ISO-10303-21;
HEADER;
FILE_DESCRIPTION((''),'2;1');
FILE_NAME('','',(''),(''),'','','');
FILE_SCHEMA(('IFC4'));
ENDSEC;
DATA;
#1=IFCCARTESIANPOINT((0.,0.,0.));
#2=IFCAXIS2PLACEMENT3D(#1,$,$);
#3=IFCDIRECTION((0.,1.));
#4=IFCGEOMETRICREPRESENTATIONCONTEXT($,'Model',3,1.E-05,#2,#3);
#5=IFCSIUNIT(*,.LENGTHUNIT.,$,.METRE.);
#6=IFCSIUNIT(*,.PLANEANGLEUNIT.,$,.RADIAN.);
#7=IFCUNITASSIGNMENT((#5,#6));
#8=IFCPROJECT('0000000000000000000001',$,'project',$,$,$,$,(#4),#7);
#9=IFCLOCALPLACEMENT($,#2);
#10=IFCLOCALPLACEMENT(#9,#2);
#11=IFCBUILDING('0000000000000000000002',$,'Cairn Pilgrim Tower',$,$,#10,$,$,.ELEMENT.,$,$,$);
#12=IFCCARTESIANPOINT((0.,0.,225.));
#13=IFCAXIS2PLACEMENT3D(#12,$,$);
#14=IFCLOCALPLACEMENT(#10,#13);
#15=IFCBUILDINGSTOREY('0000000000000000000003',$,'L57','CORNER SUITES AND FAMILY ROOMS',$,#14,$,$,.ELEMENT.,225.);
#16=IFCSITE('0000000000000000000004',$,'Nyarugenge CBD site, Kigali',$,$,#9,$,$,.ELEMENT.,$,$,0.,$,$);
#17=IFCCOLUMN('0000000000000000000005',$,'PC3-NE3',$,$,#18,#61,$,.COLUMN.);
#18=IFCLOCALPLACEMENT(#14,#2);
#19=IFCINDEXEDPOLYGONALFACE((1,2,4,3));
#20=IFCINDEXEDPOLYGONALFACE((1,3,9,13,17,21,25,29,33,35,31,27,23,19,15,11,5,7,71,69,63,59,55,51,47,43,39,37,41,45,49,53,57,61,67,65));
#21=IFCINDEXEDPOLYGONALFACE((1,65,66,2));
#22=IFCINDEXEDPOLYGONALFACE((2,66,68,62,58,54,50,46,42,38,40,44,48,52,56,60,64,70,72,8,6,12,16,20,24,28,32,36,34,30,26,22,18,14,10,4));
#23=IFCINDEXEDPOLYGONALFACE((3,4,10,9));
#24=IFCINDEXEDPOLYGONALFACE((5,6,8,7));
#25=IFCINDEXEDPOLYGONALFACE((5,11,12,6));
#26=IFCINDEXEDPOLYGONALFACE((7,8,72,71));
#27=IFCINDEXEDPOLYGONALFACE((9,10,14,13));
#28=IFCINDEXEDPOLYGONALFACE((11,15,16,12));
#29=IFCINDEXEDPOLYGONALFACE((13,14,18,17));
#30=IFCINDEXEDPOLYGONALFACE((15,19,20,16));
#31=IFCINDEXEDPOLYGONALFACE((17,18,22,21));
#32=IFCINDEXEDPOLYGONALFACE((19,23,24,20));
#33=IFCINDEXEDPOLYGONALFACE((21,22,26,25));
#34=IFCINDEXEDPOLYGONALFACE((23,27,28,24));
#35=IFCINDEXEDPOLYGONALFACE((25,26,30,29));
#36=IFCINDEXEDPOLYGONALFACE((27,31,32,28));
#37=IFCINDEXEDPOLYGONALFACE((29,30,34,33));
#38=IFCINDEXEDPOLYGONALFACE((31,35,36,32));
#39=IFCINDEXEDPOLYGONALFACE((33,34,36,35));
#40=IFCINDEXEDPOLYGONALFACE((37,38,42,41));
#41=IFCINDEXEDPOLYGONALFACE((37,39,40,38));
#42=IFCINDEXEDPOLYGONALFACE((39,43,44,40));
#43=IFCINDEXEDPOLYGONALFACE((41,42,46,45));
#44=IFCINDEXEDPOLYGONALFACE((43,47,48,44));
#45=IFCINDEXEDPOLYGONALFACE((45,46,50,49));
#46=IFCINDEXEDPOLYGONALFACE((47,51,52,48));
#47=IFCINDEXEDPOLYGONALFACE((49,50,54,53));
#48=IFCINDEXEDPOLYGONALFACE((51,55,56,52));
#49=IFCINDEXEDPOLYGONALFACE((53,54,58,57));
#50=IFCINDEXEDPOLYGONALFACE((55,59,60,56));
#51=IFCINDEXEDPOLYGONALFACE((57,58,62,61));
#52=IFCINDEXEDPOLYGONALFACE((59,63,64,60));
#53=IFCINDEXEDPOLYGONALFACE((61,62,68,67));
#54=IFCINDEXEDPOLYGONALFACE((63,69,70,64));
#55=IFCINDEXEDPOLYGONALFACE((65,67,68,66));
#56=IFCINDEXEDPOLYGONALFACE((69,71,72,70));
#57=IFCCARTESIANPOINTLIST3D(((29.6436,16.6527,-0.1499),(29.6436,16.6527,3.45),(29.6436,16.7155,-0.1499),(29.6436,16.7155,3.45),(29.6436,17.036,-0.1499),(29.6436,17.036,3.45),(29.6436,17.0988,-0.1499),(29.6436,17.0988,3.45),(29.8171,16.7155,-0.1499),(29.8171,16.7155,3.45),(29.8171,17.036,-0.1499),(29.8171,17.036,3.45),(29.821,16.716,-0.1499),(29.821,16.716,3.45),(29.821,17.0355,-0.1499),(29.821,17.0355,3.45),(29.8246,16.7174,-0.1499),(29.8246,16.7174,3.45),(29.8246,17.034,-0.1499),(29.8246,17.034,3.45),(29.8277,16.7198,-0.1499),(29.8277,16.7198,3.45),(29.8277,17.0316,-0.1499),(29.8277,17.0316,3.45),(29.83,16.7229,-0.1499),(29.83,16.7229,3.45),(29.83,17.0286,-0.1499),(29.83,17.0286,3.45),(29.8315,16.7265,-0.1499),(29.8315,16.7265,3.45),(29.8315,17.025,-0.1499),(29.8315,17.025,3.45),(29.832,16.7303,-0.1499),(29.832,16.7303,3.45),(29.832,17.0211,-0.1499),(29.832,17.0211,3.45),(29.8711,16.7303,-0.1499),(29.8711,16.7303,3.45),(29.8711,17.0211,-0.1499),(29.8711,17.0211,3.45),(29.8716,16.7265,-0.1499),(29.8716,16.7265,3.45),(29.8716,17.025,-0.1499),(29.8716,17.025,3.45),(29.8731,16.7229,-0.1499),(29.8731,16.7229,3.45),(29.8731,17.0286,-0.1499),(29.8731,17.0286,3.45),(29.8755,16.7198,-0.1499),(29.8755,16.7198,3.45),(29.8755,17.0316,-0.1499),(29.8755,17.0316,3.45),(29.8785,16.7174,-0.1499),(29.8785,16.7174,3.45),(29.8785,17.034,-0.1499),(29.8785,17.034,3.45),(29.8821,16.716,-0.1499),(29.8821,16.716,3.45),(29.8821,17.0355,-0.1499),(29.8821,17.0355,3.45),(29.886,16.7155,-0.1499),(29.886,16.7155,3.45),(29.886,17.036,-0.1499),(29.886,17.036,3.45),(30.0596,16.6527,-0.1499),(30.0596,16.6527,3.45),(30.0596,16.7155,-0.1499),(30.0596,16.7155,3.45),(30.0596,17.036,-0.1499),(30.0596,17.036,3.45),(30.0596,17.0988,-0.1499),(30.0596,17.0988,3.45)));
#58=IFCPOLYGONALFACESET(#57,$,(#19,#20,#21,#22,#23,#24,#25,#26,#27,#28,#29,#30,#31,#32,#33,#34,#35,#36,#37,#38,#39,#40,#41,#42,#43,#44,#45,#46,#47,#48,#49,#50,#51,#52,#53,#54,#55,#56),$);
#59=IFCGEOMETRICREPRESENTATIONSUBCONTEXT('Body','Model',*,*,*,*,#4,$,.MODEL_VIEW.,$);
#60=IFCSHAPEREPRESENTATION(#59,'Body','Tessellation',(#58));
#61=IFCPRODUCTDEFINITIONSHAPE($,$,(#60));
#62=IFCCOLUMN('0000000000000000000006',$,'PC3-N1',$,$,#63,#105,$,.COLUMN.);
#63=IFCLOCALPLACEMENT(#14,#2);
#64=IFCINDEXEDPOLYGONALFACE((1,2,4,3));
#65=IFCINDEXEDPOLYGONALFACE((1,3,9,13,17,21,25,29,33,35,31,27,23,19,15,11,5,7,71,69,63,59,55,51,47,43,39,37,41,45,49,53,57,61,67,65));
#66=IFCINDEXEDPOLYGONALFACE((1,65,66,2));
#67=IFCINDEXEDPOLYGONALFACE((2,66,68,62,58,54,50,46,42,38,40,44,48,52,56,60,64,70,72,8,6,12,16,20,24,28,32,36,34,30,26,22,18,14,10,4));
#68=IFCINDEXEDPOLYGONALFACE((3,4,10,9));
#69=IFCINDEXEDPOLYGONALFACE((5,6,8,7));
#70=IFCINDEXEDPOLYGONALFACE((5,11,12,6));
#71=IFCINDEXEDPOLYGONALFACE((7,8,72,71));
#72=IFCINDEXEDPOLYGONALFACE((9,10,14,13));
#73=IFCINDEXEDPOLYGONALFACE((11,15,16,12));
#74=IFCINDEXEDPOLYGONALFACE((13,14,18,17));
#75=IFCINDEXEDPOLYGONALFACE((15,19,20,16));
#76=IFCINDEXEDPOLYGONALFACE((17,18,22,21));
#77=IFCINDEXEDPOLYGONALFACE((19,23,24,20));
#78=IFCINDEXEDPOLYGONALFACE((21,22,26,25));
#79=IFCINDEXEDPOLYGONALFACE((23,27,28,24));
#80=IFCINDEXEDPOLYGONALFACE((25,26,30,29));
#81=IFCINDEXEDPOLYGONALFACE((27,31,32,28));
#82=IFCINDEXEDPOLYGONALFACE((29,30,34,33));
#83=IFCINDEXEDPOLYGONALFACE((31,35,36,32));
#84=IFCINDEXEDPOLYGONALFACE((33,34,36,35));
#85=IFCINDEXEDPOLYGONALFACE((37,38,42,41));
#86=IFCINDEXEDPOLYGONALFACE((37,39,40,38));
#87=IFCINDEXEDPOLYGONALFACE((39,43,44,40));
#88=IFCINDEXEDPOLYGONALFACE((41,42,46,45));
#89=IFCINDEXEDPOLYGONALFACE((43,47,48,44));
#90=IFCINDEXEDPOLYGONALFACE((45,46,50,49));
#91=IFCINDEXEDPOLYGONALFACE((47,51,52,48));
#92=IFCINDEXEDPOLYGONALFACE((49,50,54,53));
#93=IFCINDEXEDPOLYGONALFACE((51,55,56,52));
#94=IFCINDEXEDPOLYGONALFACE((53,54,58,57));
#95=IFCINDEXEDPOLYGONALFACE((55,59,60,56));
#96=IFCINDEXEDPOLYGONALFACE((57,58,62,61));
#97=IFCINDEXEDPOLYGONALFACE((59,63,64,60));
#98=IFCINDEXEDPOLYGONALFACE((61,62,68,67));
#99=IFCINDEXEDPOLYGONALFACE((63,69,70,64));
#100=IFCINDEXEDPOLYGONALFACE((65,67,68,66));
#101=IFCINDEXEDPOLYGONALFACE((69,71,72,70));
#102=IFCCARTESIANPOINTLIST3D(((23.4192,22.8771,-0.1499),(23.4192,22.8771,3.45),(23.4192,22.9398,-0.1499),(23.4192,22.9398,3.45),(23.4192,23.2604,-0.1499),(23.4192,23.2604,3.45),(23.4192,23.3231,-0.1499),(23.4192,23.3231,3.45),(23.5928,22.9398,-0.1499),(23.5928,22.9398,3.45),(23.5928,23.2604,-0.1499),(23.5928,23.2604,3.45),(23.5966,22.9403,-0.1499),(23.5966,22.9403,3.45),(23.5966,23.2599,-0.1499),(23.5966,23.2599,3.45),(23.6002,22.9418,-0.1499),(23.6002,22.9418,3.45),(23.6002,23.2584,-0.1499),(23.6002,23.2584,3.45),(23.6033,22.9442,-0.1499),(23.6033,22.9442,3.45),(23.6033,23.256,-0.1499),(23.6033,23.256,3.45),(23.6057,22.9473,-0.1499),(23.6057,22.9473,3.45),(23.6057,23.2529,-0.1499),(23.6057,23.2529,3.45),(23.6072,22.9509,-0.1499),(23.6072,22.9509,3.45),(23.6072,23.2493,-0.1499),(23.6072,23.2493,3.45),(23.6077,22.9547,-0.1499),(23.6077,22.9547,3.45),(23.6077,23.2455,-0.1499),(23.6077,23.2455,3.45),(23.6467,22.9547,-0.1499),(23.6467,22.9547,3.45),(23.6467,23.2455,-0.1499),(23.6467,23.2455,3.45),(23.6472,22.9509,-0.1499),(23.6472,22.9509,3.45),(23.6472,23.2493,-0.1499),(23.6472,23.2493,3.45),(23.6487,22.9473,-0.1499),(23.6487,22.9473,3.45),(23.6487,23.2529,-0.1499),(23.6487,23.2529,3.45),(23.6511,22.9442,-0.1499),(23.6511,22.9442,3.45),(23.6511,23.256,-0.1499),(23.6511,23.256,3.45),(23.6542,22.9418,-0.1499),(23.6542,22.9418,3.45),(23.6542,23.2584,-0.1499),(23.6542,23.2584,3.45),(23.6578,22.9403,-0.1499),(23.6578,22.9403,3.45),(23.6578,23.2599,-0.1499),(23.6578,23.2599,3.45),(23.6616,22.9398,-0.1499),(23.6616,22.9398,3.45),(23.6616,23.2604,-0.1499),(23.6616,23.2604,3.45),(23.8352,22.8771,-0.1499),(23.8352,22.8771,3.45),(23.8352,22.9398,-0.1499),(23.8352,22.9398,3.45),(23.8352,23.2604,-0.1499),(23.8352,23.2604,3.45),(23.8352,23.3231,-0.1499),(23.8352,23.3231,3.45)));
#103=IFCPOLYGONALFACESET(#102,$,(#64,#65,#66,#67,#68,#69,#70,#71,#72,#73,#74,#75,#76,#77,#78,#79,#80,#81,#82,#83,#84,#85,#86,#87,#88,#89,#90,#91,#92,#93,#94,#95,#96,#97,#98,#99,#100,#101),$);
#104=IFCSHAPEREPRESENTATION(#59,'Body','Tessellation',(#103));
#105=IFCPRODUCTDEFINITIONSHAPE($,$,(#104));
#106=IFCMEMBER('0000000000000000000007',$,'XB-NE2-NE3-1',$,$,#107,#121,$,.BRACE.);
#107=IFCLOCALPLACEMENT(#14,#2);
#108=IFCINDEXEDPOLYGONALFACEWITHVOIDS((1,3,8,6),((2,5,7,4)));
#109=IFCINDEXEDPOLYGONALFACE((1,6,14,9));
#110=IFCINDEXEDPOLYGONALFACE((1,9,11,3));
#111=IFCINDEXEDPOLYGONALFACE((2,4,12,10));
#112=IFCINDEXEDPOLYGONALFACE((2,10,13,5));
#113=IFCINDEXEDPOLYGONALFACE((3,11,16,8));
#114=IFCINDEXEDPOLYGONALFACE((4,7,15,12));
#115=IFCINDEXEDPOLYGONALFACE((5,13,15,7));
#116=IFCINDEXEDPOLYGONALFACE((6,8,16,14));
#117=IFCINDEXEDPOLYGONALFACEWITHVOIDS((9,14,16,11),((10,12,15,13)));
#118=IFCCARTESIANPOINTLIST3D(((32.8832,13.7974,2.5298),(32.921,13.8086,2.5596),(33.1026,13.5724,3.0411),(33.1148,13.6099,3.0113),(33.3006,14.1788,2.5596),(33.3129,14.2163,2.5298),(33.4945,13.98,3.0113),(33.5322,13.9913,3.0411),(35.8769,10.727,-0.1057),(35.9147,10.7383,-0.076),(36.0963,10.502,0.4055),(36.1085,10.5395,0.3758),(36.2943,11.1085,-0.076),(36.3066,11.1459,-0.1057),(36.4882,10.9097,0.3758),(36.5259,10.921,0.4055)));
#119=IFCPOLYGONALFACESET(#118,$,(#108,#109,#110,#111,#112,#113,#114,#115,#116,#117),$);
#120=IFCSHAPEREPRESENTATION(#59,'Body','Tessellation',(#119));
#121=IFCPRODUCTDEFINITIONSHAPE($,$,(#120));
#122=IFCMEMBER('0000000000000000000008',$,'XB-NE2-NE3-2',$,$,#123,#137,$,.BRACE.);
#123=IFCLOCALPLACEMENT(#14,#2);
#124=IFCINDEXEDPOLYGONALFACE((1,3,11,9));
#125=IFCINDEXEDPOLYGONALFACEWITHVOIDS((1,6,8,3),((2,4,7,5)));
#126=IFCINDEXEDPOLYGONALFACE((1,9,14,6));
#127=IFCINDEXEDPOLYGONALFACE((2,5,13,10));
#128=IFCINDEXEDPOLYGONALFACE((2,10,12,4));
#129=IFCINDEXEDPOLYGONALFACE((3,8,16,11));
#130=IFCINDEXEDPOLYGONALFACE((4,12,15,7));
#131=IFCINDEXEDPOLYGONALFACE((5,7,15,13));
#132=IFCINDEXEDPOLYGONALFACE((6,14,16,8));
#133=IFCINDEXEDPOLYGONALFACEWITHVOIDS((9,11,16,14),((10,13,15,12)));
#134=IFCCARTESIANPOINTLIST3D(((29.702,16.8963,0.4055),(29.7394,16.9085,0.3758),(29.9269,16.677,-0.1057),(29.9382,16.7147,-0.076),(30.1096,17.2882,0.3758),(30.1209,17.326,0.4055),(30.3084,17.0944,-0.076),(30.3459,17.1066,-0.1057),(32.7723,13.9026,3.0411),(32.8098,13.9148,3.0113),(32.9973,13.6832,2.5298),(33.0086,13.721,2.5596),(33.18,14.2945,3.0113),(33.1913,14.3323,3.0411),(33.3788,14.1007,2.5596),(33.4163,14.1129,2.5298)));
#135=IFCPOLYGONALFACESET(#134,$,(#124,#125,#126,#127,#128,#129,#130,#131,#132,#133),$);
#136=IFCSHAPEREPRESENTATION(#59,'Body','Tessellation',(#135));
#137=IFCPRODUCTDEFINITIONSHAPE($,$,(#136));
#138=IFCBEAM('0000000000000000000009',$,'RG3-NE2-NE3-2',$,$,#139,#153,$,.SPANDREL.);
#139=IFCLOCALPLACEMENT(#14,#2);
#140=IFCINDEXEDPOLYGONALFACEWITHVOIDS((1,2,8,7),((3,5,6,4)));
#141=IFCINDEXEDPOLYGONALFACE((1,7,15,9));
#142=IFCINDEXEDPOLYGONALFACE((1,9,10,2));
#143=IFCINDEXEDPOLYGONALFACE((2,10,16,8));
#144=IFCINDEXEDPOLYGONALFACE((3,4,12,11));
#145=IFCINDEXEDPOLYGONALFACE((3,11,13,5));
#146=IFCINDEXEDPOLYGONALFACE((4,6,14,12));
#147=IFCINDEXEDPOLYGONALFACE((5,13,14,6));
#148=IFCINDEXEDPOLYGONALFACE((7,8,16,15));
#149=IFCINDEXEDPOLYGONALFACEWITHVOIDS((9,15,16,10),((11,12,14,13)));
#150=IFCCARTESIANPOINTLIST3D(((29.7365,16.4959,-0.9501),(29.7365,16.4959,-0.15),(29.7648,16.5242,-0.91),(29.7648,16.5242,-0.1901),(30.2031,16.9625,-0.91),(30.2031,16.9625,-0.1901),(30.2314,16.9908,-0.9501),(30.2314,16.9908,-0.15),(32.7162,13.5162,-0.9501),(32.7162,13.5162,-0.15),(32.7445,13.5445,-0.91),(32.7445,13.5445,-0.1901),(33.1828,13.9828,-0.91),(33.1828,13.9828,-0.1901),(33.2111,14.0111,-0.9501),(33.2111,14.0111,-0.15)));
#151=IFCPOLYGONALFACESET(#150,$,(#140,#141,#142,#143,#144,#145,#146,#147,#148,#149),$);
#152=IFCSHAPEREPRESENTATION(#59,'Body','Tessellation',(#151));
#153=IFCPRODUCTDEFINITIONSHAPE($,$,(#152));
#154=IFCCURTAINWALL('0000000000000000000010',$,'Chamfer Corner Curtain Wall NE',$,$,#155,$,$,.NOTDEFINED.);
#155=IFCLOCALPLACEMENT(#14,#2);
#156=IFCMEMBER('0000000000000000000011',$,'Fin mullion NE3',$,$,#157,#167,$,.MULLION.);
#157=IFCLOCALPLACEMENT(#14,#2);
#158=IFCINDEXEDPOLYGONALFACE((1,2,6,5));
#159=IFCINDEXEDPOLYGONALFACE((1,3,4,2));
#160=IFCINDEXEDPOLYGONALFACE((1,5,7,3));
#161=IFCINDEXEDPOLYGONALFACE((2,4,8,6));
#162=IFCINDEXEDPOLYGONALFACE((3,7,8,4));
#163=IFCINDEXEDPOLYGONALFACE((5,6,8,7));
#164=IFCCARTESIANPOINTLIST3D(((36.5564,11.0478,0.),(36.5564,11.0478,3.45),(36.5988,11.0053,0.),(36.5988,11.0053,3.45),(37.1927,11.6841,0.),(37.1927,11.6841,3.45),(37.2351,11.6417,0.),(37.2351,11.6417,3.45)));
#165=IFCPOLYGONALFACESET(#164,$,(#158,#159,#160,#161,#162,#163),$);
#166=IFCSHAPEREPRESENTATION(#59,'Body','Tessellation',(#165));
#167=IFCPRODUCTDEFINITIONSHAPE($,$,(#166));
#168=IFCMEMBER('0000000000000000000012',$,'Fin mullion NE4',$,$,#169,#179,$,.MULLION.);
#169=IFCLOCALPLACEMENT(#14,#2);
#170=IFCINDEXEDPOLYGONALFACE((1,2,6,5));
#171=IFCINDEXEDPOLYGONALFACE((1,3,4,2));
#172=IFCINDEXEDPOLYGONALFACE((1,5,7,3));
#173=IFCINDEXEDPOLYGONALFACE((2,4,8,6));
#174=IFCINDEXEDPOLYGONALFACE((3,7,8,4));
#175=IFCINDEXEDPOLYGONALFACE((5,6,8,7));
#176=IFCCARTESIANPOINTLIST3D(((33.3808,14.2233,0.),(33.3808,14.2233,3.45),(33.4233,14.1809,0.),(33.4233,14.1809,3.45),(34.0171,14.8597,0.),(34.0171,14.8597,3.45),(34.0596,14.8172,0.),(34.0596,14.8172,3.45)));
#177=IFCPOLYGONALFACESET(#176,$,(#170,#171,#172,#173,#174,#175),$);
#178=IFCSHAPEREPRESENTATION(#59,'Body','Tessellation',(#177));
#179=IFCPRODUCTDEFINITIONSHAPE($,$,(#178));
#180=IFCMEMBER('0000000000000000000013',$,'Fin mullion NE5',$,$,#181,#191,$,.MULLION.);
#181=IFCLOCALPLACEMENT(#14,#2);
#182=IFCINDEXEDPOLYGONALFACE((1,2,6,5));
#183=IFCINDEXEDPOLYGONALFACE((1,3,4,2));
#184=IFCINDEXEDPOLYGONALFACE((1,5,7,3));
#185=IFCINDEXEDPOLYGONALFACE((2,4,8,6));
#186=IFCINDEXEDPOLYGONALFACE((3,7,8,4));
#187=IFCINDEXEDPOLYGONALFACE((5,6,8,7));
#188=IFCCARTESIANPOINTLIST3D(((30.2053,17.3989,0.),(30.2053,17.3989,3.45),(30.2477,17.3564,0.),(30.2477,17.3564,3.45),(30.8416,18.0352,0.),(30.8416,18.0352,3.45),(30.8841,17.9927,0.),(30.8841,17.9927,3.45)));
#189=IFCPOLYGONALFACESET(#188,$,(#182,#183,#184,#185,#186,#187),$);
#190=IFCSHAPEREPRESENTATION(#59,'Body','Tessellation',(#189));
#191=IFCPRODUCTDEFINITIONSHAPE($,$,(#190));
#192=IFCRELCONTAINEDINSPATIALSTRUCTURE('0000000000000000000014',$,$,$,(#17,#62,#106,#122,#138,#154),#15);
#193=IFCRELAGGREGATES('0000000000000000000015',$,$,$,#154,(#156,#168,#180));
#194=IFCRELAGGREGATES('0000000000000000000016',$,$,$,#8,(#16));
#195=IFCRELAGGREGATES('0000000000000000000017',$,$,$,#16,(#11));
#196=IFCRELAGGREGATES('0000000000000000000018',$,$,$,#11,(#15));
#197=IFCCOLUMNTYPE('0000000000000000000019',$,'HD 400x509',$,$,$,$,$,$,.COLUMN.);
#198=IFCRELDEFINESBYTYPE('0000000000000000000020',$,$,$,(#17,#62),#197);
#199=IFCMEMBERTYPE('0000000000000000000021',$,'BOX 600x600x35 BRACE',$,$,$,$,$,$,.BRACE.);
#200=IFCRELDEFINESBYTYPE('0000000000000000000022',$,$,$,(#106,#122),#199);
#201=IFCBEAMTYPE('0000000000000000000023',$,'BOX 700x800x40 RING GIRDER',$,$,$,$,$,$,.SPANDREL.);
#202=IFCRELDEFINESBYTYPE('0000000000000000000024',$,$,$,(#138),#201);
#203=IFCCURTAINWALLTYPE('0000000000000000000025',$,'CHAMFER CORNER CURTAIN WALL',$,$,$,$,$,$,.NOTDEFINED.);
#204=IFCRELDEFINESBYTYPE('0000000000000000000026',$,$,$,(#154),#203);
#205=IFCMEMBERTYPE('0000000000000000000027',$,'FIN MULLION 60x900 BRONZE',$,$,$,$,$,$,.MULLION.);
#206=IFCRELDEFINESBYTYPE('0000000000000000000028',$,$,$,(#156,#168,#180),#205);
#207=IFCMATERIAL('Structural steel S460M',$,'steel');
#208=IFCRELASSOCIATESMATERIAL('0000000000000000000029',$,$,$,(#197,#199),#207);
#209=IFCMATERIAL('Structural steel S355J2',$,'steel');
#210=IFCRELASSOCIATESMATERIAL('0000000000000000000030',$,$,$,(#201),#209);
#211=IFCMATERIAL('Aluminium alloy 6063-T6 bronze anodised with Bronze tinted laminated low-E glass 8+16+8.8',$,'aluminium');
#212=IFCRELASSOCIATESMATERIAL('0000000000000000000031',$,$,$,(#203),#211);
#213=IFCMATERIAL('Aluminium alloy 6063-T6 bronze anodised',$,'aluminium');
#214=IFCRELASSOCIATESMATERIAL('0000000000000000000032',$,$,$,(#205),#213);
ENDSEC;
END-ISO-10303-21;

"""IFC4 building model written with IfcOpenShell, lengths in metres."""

from ifc_helpers import new_model, si_unit, direction, frame, origin, origin_2d, place, context, subcontext, project, spatial, rectangle, hollow_rectangle, i_section, extrude, material, material_profile, profile_set, type_object, element, aggregate, save


model = new_model("IFC4")

# Units and contexts
model_context = context("Model", 3, precision=1e-05, world=origin(), true_north=direction((0.0, 1.0)))
body_context = subcontext(model_context, "Body", "Model", "MODEL_VIEW")
ifc_project = project(units=[si_unit("LENGTHUNIT", "METRE"), si_unit("PLANEANGLEUNIT", "RADIAN")], contexts=[model_context])

# Site, building, storey
site_placement = place(None, origin())
site = spatial("IfcSite", under=ifc_project, at=site_placement, Name="Nyarugenge CBD site, Kigali", CompositionType="ELEMENT", RefElevation=0.0)
building_placement = place(site_placement, origin())
building = spatial("IfcBuilding", under=site, at=building_placement, Name="Cairn Pilgrim Tower", CompositionType="ELEMENT")
storey_placement = place(building_placement, frame((0.0, 0.0, 225.0)))
storey = spatial("IfcBuildingStorey", under=building, at=storey_placement, Name="L57", Description="CORNER SUITES AND FAMILY ROOMS", CompositionType="ELEMENT", Elevation=225.0)

# Columns
ifc_material_1 = material(Name="Structural steel S460M", Category="steel")
ifc_material_profile_1 = material_profile(ifc_material_1, i_section(OverallWidth=0.416, OverallDepth=0.446, WebThickness=0.0391, FlangeThickness=0.0627, FilletRadius=0.0149, at=origin_2d()), Name="HD 400x509")
ifc_profile_set_1 = profile_set([ifc_material_profile_1], Name="Structural steel S460M")
column_type = type_object("IfcColumnType", Name="HD 400x509", PredefinedType="COLUMN", material=ifc_profile_set_1)
for number, where, z_axis, x_axis, name in (
    (1, (29.8516, 16.8757, -0.1499), (0.0, 0.0, 1.0), (1.0, 0.0, 0.0), "PC3-NE3"),
    (2, (23.6272, 23.1001, -0.1499), (0.0, 0.0, 1.0), (1.0, 0.0, 0.0), "PC3-N1"),
):
    element("IfcColumn", number, at=place(storey_placement, frame(where, z_axis=z_axis, x_axis=x_axis)), inside=storey, type_object=column_type, Name=name, PredefinedType="COLUMN", context=body_context, shape_type="SweptSolid", body=[
        extrude(i_section(OverallWidth=0.416, OverallDepth=0.446, WebThickness=0.0391, FlangeThickness=0.0627, FilletRadius=0.0149, at=origin_2d()), origin(), (0.0, 0.0, 1.0), 3.5999),
    ])

# Members
ifc_material_profile_2 = material_profile(ifc_material_1, hollow_rectangle(XDim=0.6001, YDim=0.6001, WallThickness=0.0349, at=origin_2d()), Name="BOX 600x600x35")
ifc_profile_set_2 = profile_set([ifc_material_profile_2], Name="Structural steel S460M")
member_type_1 = type_object("IfcMemberType", Name="BOX 600x600x35 BRACE", PredefinedType="BRACE", material=ifc_profile_set_2)
for number, where, z_axis, x_axis, name in (
    (3, (36.2014, 10.824, 0.1499), (-0.594763, 0.609994, 0.523607), (-0.715989, -0.698112, 0.0), "XB-NE2-NE3-1"),
    (4, (30.0239, 17.0015, 0.1499), (0.609994, -0.594763, 0.523607), (0.698112, 0.715989, 0.0), "XB-NE2-NE3-2"),
):
    element("IfcMember", number, at=place(storey_placement, frame(where, z_axis=z_axis, x_axis=x_axis)), inside=storey, type_object=member_type_1, Name=name, PredefinedType="BRACE", context=body_context, shape_type="SweptSolid", body=[
        extrude(hollow_rectangle(XDim=0.6001, YDim=0.6001, WallThickness=0.0349, at=origin_2d()), origin(), (0.0, 0.0, 1.0), 5.0334),
    ])

# Beam
ifc_material_2 = material(Name="Structural steel S355J2", Category="steel")
ifc_material_profile_3 = material_profile(ifc_material_2, hollow_rectangle(XDim=0.7, YDim=0.8, WallThickness=0.04, at=origin_2d()), Name="BOX 700x800x40")
ifc_profile_set_3 = profile_set([ifc_material_profile_3], Name="Structural steel S355J2")
beam_type_1 = type_object("IfcBeamType", Name="BOX 700x800x40 RING GIRDER", PredefinedType="SPANDREL", material=ifc_profile_set_3)
beam_1_placement = place(storey_placement, frame((32.9636, 13.7637, -0.55), z_axis=(-0.707107, 0.707107, 0.0), x_axis=(-0.707107, -0.707107, 0.0)))
element("IfcBeam", 5, at=beam_1_placement, inside=storey, type_object=beam_type_1, Name="RG3-NE2-NE3-2", PredefinedType="SPANDREL", context=body_context, shape_type="SweptSolid", body=[
    extrude(hollow_rectangle(XDim=0.7, YDim=0.8, WallThickness=0.04, at=origin_2d()), origin(), (0.0, 0.0, 1.0), 4.2139),
])

# Curtain wall, members
ifc_material_3 = material(Name="Aluminium alloy 6063-T6 bronze anodised with Bronze tinted laminated low-E glass 8+16+8.8", Category="aluminium")
curtain_wall_type_1 = type_object("IfcCurtainWallType", Name="CHAMFER CORNER CURTAIN WALL", PredefinedType="NOTDEFINED", material=ifc_material_3)
curtain_wall_1_placement = place(storey_placement, origin())
curtain_wall_1 = element("IfcCurtainWall", 6, at=curtain_wall_1_placement, inside=storey, type_object=curtain_wall_type_1, Name="Chamfer Corner Curtain Wall NE", PredefinedType="NOTDEFINED")
ifc_material_4 = material(Name="Aluminium alloy 6063-T6 bronze anodised", Category="aluminium")
ifc_material_profile_4 = material_profile(ifc_material_4, rectangle(XDim=0.8999, YDim=0.0601, at=origin_2d()), Name="FIN MULLION 60x900 BRONZE")
ifc_profile_set_4 = profile_set([ifc_material_profile_4], Name="Aluminium alloy 6063-T6 bronze anodised")
member_type_2 = type_object("IfcMemberType", Name="FIN MULLION 60x900 BRONZE", PredefinedType="MULLION", material=ifc_profile_set_4)
member_1_placement = place(storey_placement, frame((36.8958, 11.3447, 0.0), z_axis=(0.0, 0.0, 1.0), x_axis=(0.707107, 0.707107, 0.0)))
member_1 = element("IfcMember", 7, at=member_1_placement, type_object=member_type_2, Name="Fin mullion NE3", PredefinedType="MULLION", context=body_context, shape_type="SweptSolid", body=[
    extrude(rectangle(XDim=0.8999, YDim=0.0601, at=origin_2d()), origin(), (0.0, 0.0, 1.0), 3.45),
])
member_2_placement = place(storey_placement, frame((33.7202, 14.5203, 0.0), z_axis=(0.0, 0.0, 1.0), x_axis=(0.707107, 0.707107, 0.0)))
member_2 = element("IfcMember", 8, at=member_2_placement, type_object=member_type_2, Name="Fin mullion NE4", PredefinedType="MULLION", context=body_context, shape_type="SweptSolid", body=[
    extrude(rectangle(XDim=0.8999, YDim=0.0601, at=origin_2d()), origin(), (0.0, 0.0, 1.0), 3.45),
])
member_3_placement = place(storey_placement, frame((30.5447, 17.6958, 0.0), z_axis=(0.0, 0.0, 1.0), x_axis=(0.707107, 0.707107, 0.0)))
member_3 = element("IfcMember", 9, at=member_3_placement, type_object=member_type_2, Name="Fin mullion NE5", PredefinedType="MULLION", context=body_context, shape_type="SweptSolid", body=[
    extrude(rectangle(XDim=0.8999, YDim=0.0601, at=origin_2d()), origin(), (0.0, 0.0, 1.0), 3.45),
])

aggregate(curtain_wall_1, [member_1, member_2, member_3])

save(model, "model.ifc")
